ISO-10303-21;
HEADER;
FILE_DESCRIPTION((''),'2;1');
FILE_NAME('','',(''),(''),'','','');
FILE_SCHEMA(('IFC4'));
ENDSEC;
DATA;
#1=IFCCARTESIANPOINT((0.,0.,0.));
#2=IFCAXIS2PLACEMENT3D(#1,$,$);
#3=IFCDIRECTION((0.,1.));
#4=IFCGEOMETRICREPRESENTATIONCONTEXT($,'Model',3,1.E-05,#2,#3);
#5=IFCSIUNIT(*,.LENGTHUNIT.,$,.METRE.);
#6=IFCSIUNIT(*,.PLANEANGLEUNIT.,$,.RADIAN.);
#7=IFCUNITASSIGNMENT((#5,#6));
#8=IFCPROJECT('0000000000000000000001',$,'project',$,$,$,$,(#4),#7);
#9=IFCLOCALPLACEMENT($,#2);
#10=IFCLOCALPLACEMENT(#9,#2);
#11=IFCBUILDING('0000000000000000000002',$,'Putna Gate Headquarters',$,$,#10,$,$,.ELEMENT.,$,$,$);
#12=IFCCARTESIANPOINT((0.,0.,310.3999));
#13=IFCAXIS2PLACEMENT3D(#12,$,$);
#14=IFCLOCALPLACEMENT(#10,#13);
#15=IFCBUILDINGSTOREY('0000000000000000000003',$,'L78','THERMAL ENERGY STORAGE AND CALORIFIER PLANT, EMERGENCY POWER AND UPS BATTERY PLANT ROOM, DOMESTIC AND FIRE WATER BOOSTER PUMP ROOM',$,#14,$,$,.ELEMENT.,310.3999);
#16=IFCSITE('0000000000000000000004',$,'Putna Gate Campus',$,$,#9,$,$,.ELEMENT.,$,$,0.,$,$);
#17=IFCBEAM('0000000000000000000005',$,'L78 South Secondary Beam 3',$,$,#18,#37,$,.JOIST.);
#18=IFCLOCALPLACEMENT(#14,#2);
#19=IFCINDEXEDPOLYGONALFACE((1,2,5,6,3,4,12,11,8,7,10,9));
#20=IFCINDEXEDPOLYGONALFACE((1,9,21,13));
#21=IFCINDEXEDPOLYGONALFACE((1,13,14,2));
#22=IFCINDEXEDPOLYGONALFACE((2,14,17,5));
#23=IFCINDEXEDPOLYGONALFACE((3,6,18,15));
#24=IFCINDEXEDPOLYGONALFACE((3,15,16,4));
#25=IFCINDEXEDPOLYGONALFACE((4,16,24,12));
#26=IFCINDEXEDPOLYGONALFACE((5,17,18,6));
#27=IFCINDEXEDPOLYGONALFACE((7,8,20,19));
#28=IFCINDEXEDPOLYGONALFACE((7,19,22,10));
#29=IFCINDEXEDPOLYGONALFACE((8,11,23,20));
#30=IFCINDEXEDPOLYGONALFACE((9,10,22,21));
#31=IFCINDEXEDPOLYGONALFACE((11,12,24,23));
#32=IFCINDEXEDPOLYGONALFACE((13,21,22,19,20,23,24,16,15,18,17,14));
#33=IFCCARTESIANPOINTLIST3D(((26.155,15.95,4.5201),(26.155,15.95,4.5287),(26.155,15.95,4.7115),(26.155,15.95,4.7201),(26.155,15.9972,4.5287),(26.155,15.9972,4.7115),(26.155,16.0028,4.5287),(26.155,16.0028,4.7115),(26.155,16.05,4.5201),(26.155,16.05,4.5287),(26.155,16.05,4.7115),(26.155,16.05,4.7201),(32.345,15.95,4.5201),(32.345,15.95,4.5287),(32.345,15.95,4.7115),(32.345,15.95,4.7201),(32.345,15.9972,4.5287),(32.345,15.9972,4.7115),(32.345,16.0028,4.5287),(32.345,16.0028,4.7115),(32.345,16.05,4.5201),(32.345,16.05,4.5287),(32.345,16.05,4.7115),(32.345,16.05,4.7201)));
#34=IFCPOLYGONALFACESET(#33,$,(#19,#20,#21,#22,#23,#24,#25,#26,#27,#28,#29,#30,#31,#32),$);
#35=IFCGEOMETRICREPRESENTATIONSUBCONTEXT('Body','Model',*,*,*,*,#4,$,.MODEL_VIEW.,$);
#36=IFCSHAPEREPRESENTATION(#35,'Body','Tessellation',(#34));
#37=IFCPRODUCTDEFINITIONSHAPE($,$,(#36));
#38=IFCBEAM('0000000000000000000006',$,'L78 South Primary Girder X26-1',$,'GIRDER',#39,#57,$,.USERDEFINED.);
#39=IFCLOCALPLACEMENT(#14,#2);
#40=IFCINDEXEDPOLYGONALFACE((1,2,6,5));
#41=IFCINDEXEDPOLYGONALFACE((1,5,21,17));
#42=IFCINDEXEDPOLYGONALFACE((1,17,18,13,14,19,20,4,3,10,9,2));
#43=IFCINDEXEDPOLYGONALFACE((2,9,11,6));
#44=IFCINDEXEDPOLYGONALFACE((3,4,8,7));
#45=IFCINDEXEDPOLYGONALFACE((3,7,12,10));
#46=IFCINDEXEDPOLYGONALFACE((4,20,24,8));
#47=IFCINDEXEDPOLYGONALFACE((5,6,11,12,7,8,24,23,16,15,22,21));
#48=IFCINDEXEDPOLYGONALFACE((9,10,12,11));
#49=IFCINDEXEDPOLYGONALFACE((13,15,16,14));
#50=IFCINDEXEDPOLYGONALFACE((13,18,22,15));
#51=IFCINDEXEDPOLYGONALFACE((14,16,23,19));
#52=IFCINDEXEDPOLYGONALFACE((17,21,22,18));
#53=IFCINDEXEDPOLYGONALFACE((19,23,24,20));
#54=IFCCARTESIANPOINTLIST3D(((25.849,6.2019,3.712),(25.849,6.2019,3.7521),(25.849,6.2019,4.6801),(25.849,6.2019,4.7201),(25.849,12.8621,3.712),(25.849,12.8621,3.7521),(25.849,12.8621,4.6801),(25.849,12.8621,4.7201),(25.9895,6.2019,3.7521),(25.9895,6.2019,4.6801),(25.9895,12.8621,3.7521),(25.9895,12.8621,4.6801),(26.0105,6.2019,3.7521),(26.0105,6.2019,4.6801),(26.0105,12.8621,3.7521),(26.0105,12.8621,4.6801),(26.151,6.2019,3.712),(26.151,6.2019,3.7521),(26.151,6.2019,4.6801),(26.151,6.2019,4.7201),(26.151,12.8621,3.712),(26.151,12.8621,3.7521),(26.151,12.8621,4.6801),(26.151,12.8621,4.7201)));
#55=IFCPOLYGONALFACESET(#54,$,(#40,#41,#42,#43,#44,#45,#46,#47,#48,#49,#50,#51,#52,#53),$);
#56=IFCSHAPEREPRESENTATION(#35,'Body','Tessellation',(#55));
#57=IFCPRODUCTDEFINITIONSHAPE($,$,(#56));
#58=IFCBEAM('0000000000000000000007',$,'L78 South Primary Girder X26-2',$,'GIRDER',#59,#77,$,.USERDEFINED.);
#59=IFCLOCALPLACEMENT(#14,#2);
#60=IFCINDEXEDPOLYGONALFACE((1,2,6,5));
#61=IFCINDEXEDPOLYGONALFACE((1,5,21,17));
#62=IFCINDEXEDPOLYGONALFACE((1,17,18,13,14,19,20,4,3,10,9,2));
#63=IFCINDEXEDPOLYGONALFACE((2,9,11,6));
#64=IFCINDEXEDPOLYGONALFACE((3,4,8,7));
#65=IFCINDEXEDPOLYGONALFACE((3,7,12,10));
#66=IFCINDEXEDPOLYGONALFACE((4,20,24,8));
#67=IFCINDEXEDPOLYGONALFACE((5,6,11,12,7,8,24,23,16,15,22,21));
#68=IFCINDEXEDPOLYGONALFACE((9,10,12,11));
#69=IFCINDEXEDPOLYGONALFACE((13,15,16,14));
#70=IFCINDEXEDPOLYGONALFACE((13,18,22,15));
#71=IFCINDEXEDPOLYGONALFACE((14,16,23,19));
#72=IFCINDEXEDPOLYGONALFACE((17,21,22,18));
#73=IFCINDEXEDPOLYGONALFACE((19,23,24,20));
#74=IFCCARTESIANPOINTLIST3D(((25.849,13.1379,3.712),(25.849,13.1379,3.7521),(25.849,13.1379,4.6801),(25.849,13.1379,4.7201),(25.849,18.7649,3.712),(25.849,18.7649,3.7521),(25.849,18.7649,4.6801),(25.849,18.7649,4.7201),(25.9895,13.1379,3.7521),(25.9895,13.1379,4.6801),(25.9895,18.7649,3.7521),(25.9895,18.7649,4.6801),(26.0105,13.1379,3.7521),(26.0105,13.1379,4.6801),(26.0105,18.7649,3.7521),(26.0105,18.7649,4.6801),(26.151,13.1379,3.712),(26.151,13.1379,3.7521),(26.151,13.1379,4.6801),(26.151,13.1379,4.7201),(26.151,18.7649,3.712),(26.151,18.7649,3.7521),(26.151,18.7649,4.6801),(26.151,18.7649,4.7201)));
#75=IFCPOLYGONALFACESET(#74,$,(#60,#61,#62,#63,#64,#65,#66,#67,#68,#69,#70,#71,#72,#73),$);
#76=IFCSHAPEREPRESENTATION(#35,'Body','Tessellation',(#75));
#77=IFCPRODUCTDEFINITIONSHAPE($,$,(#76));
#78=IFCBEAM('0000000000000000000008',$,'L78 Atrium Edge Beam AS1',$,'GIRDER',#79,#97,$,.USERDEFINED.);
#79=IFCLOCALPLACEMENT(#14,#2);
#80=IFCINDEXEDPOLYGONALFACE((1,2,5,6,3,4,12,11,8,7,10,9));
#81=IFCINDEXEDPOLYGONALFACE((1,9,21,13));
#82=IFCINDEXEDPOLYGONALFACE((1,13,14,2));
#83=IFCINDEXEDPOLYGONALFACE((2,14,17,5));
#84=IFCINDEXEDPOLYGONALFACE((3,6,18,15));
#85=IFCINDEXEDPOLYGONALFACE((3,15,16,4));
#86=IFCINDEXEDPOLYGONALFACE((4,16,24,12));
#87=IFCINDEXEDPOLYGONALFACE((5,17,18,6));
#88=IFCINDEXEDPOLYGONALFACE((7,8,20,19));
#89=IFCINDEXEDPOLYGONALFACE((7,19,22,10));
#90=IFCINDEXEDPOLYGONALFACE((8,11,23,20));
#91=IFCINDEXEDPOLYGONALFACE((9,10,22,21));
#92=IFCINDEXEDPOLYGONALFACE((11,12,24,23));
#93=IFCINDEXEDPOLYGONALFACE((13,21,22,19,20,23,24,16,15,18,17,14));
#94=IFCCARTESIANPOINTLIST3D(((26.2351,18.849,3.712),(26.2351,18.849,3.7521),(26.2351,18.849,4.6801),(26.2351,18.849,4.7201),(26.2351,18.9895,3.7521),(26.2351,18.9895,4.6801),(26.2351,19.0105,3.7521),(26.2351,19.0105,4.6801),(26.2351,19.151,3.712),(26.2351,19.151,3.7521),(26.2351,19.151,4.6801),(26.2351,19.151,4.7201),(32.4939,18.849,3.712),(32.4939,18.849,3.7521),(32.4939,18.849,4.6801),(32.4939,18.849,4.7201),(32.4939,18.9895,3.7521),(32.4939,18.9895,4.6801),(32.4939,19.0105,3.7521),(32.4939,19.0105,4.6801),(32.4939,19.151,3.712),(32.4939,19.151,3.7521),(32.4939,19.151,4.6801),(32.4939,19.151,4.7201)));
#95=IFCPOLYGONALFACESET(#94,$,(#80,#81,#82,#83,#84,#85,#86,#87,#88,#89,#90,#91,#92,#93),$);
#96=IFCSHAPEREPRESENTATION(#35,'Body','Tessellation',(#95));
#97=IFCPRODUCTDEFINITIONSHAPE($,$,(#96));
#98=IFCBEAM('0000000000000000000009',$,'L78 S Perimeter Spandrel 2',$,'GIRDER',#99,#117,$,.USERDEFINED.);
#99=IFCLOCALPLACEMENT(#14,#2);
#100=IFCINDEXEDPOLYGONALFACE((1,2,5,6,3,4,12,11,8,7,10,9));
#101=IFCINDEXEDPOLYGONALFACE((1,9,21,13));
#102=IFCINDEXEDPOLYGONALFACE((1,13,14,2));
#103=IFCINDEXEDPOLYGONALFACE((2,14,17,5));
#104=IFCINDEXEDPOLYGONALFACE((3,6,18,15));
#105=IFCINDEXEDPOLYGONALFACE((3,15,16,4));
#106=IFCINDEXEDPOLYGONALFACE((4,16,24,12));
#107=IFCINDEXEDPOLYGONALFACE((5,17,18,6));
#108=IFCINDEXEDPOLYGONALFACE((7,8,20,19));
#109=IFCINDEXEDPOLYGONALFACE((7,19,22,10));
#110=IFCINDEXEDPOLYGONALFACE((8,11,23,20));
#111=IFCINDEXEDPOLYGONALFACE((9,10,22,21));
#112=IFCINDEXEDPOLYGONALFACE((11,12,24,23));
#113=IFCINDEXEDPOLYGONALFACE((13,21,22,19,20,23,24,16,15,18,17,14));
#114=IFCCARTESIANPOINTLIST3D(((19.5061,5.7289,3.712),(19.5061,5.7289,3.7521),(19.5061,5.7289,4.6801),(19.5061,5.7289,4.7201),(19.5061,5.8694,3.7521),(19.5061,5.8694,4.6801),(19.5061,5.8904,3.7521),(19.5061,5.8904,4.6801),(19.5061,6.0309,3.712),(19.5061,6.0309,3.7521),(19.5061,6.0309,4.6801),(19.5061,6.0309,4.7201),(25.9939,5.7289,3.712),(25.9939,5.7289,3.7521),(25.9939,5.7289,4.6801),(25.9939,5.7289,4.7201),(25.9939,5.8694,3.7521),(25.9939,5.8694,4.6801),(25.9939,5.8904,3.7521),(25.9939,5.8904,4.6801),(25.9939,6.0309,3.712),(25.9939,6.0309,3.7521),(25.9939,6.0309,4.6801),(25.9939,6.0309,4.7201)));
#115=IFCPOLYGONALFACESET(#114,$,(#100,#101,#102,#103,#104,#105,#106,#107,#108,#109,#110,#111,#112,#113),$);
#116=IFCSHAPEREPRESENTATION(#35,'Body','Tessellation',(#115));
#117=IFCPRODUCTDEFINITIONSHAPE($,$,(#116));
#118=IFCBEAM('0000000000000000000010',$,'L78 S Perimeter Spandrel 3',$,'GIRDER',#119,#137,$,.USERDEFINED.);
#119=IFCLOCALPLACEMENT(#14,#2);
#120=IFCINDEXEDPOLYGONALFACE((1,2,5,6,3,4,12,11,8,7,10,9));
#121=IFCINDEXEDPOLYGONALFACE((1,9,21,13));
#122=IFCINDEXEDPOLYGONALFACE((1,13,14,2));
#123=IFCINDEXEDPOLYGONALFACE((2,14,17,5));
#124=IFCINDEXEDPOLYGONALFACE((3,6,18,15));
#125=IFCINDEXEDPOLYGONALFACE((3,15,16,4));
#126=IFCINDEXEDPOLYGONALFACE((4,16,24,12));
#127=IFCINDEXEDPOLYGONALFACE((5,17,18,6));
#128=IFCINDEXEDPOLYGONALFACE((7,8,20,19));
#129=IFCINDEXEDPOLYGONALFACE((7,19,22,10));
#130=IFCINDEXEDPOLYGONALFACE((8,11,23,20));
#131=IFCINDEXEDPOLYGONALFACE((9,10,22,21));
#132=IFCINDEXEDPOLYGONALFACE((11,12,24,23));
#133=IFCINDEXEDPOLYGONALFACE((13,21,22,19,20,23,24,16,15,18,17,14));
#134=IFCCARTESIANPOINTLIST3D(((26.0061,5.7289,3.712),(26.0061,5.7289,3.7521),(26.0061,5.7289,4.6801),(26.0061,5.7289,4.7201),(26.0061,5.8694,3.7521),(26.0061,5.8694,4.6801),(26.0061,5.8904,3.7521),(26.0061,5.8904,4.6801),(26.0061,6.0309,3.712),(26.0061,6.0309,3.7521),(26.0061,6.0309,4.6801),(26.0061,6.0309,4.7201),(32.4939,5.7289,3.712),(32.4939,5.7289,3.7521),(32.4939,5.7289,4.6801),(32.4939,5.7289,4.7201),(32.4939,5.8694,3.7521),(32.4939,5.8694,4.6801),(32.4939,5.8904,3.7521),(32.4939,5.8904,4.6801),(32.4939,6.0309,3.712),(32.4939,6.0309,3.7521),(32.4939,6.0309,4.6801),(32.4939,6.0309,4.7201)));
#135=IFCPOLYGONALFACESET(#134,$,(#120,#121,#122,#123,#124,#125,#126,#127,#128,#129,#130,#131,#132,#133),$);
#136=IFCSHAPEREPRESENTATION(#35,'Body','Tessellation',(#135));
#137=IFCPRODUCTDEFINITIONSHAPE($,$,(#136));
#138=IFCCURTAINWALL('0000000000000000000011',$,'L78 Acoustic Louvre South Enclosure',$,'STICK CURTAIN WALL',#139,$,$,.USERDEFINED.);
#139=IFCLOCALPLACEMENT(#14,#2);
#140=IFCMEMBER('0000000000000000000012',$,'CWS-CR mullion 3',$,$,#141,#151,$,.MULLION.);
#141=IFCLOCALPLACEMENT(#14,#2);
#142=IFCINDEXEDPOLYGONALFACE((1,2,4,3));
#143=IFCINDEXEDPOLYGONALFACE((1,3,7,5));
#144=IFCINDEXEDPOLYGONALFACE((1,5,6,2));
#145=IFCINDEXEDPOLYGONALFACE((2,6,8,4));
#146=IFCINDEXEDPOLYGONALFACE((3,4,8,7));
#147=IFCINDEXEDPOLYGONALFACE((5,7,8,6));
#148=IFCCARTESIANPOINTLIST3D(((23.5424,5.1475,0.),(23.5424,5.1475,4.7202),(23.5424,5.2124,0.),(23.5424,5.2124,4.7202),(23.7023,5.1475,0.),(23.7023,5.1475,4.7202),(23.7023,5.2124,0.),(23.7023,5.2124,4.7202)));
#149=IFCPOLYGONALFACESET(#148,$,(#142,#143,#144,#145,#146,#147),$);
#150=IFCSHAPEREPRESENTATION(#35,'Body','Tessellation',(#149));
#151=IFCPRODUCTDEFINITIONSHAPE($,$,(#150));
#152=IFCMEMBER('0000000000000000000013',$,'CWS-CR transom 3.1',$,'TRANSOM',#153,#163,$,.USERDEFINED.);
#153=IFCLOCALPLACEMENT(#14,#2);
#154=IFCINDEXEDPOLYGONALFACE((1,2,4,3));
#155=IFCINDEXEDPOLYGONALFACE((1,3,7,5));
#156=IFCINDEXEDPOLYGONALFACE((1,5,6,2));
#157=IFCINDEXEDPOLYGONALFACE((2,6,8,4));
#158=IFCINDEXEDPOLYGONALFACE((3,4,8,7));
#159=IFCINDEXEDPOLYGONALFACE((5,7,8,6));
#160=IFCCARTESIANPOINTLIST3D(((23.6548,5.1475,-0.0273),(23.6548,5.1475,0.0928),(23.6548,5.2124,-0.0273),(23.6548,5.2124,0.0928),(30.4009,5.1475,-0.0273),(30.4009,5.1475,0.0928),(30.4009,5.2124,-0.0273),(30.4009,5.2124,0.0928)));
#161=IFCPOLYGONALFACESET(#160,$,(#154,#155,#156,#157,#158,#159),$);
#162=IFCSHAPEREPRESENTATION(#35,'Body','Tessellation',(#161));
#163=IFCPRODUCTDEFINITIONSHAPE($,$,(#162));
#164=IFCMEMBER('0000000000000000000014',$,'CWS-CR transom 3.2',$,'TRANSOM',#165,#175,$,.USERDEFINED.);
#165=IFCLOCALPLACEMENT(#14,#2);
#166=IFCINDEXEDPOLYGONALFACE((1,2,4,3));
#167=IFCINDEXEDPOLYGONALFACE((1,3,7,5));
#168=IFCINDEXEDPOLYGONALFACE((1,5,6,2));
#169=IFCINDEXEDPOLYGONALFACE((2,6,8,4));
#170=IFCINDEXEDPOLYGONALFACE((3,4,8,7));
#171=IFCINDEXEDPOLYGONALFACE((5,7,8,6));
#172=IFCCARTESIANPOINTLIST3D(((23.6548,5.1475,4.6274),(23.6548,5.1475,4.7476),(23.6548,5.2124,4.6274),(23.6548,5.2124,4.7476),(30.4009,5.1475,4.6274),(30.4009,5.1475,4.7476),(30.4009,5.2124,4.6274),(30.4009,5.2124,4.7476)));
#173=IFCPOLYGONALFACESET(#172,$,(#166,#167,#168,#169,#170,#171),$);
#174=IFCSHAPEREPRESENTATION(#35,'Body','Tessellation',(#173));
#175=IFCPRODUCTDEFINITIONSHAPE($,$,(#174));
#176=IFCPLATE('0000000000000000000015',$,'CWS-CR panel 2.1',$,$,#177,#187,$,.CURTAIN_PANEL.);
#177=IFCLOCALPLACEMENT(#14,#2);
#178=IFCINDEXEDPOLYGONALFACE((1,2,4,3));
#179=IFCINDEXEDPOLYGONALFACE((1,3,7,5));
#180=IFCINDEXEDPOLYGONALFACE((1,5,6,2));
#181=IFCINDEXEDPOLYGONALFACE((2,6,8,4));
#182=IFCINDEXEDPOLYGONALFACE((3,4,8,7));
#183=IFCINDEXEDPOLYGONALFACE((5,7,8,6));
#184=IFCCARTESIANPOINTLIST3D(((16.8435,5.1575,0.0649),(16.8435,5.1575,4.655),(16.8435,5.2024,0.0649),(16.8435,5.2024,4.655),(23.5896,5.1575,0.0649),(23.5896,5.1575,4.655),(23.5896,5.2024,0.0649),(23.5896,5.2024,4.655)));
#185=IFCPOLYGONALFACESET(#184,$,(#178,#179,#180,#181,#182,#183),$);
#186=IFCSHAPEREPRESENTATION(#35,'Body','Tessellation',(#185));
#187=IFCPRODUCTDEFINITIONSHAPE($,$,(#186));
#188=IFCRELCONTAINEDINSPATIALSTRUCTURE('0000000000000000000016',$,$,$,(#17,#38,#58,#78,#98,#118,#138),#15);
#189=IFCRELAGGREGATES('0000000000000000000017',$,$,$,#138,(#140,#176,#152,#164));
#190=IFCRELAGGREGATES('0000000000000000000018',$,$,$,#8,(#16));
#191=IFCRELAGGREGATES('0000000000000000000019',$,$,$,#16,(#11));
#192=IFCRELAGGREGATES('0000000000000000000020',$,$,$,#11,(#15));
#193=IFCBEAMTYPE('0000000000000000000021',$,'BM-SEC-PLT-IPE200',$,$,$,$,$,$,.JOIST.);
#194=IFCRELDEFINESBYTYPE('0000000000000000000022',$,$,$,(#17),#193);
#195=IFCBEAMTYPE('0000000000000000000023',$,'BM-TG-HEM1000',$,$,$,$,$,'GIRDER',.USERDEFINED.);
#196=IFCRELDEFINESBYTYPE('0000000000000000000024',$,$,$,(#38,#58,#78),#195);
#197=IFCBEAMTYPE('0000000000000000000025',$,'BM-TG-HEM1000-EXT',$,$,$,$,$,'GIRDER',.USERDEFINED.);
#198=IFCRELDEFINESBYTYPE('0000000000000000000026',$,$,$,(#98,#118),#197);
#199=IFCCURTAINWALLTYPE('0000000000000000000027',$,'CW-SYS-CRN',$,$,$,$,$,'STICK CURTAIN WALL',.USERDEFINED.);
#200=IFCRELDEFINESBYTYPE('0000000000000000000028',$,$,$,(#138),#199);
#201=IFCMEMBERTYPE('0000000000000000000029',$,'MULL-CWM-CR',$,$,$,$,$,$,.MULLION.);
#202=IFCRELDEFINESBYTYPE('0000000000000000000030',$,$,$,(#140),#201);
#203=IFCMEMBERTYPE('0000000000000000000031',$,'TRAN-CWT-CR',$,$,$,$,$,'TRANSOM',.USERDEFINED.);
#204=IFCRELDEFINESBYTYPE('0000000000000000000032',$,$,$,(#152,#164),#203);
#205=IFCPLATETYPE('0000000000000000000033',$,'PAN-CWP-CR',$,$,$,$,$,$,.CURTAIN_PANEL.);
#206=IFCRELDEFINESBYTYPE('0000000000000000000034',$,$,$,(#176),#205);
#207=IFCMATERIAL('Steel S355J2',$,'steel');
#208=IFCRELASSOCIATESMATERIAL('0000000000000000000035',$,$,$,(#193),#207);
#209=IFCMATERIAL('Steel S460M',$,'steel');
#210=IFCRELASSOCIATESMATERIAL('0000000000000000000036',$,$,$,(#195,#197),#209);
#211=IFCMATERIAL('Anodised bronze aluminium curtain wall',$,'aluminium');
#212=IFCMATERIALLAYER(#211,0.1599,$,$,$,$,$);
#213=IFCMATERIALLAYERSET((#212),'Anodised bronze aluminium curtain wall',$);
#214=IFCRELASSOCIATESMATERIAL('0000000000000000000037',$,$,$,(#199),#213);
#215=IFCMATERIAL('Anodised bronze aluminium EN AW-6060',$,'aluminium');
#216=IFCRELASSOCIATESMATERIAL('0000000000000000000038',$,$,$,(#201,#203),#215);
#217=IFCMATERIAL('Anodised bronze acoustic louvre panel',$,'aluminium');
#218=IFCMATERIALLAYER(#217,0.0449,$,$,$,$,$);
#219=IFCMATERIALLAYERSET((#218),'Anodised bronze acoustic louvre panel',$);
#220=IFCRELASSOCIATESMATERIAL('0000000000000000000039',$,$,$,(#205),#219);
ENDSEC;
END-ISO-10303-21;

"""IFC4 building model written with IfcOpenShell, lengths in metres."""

from ifc_helpers import new_model, si_unit, direction, frame, origin, origin_2d, place, context, subcontext, project, spatial, rectangle, i_section, extrude, material, layer, layer_set, material_profile, profile_set, type_object, element, aggregate, save


model = new_model("IFC4")

# Units and contexts
model_context = context("Model", 3, precision=1e-05, world=origin(), true_north=direction((0.0, 1.0)))
body_context = subcontext(model_context, "Body", "Model", "MODEL_VIEW")
ifc_project = project(units=[si_unit("LENGTHUNIT", "METRE"), si_unit("PLANEANGLEUNIT", "RADIAN")], contexts=[model_context])

# Site, building, storey
site_placement = place(None, origin())
site = spatial("IfcSite", under=ifc_project, at=site_placement, Name="Putna Gate Campus", CompositionType="ELEMENT", RefElevation=0.0)
building_placement = place(site_placement, origin())
building = spatial("IfcBuilding", under=site, at=building_placement, Name="Putna Gate Headquarters", CompositionType="ELEMENT")
storey_placement = place(building_placement, frame((0.0, 0.0, 310.3999)))
storey = spatial("IfcBuildingStorey", under=building, at=storey_placement, Name="L78", Description="THERMAL ENERGY STORAGE AND CALORIFIER PLANT, EMERGENCY POWER AND UPS BATTERY PLANT ROOM, DOMESTIC AND FIRE WATER BOOSTER PUMP ROOM", CompositionType="ELEMENT", Elevation=310.3999)

# Shared definitions
ifc_material_1 = material(Name="Steel S460M", Category="steel")

# Beams
ifc_material_2 = material(Name="Steel S355J2", Category="steel")
ifc_material_profile_1 = material_profile(ifc_material_2, i_section(OverallWidth=0.1001, OverallDepth=0.2, WebThickness=0.0056, FlangeThickness=0.0085, at=origin_2d()), Name="Steel S355J2")
ifc_profile_set_1 = profile_set([ifc_material_profile_1], Name="Steel S355J2")
beam_type_1 = type_object("IfcBeamType", Name="BM-SEC-PLT-IPE200", PredefinedType="JOIST", material=ifc_profile_set_1)
beam_1_placement = place(storey_placement, frame((26.155, 16.0, 4.6201), z_axis=(1.0, 0.0, 0.0), x_axis=(0.0, 1.0, 0.0)))
element("IfcBeam", 1, at=beam_1_placement, inside=storey, type_object=beam_type_1, Name="L78 South Secondary Beam 3", PredefinedType="JOIST", context=body_context, shape_type="SweptSolid", body=[
    extrude(i_section(OverallWidth=0.1001, OverallDepth=0.2, WebThickness=0.0056, FlangeThickness=0.0085, at=origin_2d()), origin(), (0.0, 0.0, 1.0), 6.1899),
])
ifc_material_profile_2 = material_profile(ifc_material_1, i_section(OverallWidth=0.302, OverallDepth=1.0081, WebThickness=0.021, FlangeThickness=0.04, at=origin_2d()), Name="Steel S460M")
ifc_profile_set_2 = profile_set([ifc_material_profile_2], Name="Steel S460M")
beam_type_2 = type_object("IfcBeamType", Name="BM-TG-HEM1000", ElementType="GIRDER", PredefinedType="USERDEFINED", material=ifc_profile_set_2)
beam_2_placement = place(storey_placement, frame((26.0, 6.2019, 4.2161), z_axis=(0.0, 1.0, 0.0), x_axis=(-1.0, 0.0, 0.0)))
element("IfcBeam", 2, at=beam_2_placement, inside=storey, type_object=beam_type_2, Name="L78 South Primary Girder X26-1", ObjectType="GIRDER", PredefinedType="USERDEFINED", context=body_context, shape_type="SweptSolid", body=[
    extrude(i_section(OverallWidth=0.302, OverallDepth=1.0081, WebThickness=0.021, FlangeThickness=0.04, at=origin_2d()), origin(), (0.0, 0.0, 1.0), 6.6602),
])
beam_3_placement = place(storey_placement, frame((26.0, 13.1379, 4.2161), z_axis=(0.0, 1.0, 0.0), x_axis=(-1.0, 0.0, 0.0)))
element("IfcBeam", 3, at=beam_3_placement, inside=storey, type_object=beam_type_2, Name="L78 South Primary Girder X26-2", ObjectType="GIRDER", PredefinedType="USERDEFINED", context=body_context, shape_type="SweptSolid", body=[
    extrude(i_section(OverallWidth=0.302, OverallDepth=1.0081, WebThickness=0.021, FlangeThickness=0.04, at=origin_2d()), origin(), (0.0, 0.0, 1.0), 5.627),
])
beam_4_placement = place(storey_placement, frame((26.2351, 19.0, 4.2161), z_axis=(1.0, 0.0, 0.0), x_axis=(0.0, 1.0, 0.0)))
element("IfcBeam", 4, at=beam_4_placement, inside=storey, type_object=beam_type_2, Name="L78 Atrium Edge Beam AS1", ObjectType="GIRDER", PredefinedType="USERDEFINED", context=body_context, shape_type="SweptSolid", body=[
    extrude(i_section(OverallWidth=0.302, OverallDepth=1.0081, WebThickness=0.021, FlangeThickness=0.04, at=origin_2d()), origin(), (0.0, 0.0, 1.0), 6.2588),
])
ifc_material_profile_3 = material_profile(ifc_material_1, i_section(OverallWidth=0.302, OverallDepth=1.0081, WebThickness=0.021, FlangeThickness=0.04, at=origin_2d()), Name="Steel S460M")
ifc_profile_set_3 = profile_set([ifc_material_profile_3], Name="Steel S460M")
beam_type_3 = type_object("IfcBeamType", Name="BM-TG-HEM1000-EXT", ElementType="GIRDER", PredefinedType="USERDEFINED", material=ifc_profile_set_3)
for number, where, z_axis, x_axis, name in (
    (5, (19.5061, 5.8799, 4.2161), (1.0, 0.0, 0.0), (0.0, 1.0, 0.0), "L78 S Perimeter Spandrel 2"),
    (6, (26.0061, 5.8799, 4.2161), (1.0, 0.0, 0.0), (0.0, 1.0, 0.0), "L78 S Perimeter Spandrel 3"),
):
    element("IfcBeam", number, at=place(storey_placement, frame(where, z_axis=z_axis, x_axis=x_axis)), inside=storey, type_object=beam_type_3, Name=name, ObjectType="GIRDER", PredefinedType="USERDEFINED", context=body_context, shape_type="SweptSolid", body=[
        extrude(i_section(OverallWidth=0.302, OverallDepth=1.0081, WebThickness=0.021, FlangeThickness=0.04, at=origin_2d()), origin(), (0.0, 0.0, 1.0), 6.4878),
    ])

# Curtain wall, members, plate
ifc_material_3 = material(Name="Anodised bronze aluminium curtain wall", Category="aluminium")
ifc_layer_1 = layer(ifc_material_3, 0.1599)
ifc_layer_set_1 = layer_set([ifc_layer_1], Name="Anodised bronze aluminium curtain wall")
curtain_wall_type = type_object("IfcCurtainWallType", Name="CW-SYS-CRN", ElementType="STICK CURTAIN WALL", PredefinedType="USERDEFINED", material=ifc_layer_set_1)
curtain_wall_placement = place(storey_placement, origin())
curtain_wall = element("IfcCurtainWall", 7, at=curtain_wall_placement, inside=storey, type_object=curtain_wall_type, Name="L78 Acoustic Louvre South Enclosure", ObjectType="STICK CURTAIN WALL", PredefinedType="USERDEFINED")
ifc_material_4 = material(Name="Anodised bronze aluminium EN AW-6060", Category="aluminium")
ifc_material_profile_4 = material_profile(ifc_material_4, rectangle(XDim=0.0649, YDim=0.1599, at=origin_2d()), Name="Anodised bronze aluminium EN AW-6060")
ifc_profile_set_4 = profile_set([ifc_material_profile_4], Name="Anodised bronze aluminium EN AW-6060")
member_type_1 = type_object("IfcMemberType", Name="MULL-CWM-CR", PredefinedType="MULLION", material=ifc_profile_set_4)
member_1_placement = place(storey_placement, frame((23.6223, 5.1799, 0.0), z_axis=(0.0, 0.0, 1.0), x_axis=(0.0, 1.0, 0.0)))
member_1 = element("IfcMember", 8, at=member_1_placement, type_object=member_type_1, Name="CWS-CR mullion 3", PredefinedType="MULLION", context=body_context, shape_type="SweptSolid", body=[
    extrude(rectangle(XDim=0.0649, YDim=0.1599, at=origin_2d()), origin(), (0.0, 0.0, 1.0), 4.7202),
])
ifc_material_profile_5 = material_profile(ifc_material_4, rectangle(XDim=0.0649, YDim=0.1201, at=origin_2d()), Name="Anodised bronze aluminium EN AW-6060")
ifc_profile_set_5 = profile_set([ifc_material_profile_5], Name="Anodised bronze aluminium EN AW-6060")
member_type_2 = type_object("IfcMemberType", Name="TRAN-CWT-CR", ElementType="TRANSOM", PredefinedType="USERDEFINED", material=ifc_profile_set_5)
member_2_placement = place(storey_placement, frame((23.6548, 5.1799, 0.0327), z_axis=(1.0, 0.0, 0.0), x_axis=(0.0, 1.0, 0.0)))
member_2 = element("IfcMember", 9, at=member_2_placement, type_object=member_type_2, Name="CWS-CR transom 3.1", ObjectType="TRANSOM", PredefinedType="USERDEFINED", context=body_context, shape_type="SweptSolid", body=[
    extrude(rectangle(XDim=0.0649, YDim=0.1201, at=origin_2d()), origin(), (0.0, 0.0, 1.0), 6.7461),
])
member_3_placement = place(storey_placement, frame((23.6548, 5.1799, 4.6875), z_axis=(1.0, 0.0, 0.0), x_axis=(0.0, 1.0, 0.0)))
member_3 = element("IfcMember", 10, at=member_3_placement, type_object=member_type_2, Name="CWS-CR transom 3.2", ObjectType="TRANSOM", PredefinedType="USERDEFINED", context=body_context, shape_type="SweptSolid", body=[
    extrude(rectangle(XDim=0.0649, YDim=0.1201, at=origin_2d()), origin(), (0.0, 0.0, 1.0), 6.7461),
])
ifc_material_5 = material(Name="Anodised bronze acoustic louvre panel", Category="aluminium")
ifc_layer_2 = layer(ifc_material_5, 0.0449)
ifc_layer_set_2 = layer_set([ifc_layer_2], Name="Anodised bronze acoustic louvre panel")
plate_type = type_object("IfcPlateType", Name="PAN-CWP-CR", PredefinedType="CURTAIN_PANEL", material=ifc_layer_set_2)
plate_1_placement = place(storey_placement, frame((20.2166, 5.1799, 0.0649), z_axis=(0.0, 0.0, 1.0), x_axis=(1.0, 0.0, 0.0)))
plate_1 = element("IfcPlate", 11, at=plate_1_placement, type_object=plate_type, Name="CWS-CR panel 2.1", PredefinedType="CURTAIN_PANEL", context=body_context, shape_type="SweptSolid", body=[
    extrude(rectangle(XDim=6.7461, YDim=0.0449, at=origin_2d()), origin(), (0.0, 0.0, 1.0), 4.5901),
])
aggregate(curtain_wall, [member_1, plate_1, member_2, member_3])

save(model, "model.ifc")
